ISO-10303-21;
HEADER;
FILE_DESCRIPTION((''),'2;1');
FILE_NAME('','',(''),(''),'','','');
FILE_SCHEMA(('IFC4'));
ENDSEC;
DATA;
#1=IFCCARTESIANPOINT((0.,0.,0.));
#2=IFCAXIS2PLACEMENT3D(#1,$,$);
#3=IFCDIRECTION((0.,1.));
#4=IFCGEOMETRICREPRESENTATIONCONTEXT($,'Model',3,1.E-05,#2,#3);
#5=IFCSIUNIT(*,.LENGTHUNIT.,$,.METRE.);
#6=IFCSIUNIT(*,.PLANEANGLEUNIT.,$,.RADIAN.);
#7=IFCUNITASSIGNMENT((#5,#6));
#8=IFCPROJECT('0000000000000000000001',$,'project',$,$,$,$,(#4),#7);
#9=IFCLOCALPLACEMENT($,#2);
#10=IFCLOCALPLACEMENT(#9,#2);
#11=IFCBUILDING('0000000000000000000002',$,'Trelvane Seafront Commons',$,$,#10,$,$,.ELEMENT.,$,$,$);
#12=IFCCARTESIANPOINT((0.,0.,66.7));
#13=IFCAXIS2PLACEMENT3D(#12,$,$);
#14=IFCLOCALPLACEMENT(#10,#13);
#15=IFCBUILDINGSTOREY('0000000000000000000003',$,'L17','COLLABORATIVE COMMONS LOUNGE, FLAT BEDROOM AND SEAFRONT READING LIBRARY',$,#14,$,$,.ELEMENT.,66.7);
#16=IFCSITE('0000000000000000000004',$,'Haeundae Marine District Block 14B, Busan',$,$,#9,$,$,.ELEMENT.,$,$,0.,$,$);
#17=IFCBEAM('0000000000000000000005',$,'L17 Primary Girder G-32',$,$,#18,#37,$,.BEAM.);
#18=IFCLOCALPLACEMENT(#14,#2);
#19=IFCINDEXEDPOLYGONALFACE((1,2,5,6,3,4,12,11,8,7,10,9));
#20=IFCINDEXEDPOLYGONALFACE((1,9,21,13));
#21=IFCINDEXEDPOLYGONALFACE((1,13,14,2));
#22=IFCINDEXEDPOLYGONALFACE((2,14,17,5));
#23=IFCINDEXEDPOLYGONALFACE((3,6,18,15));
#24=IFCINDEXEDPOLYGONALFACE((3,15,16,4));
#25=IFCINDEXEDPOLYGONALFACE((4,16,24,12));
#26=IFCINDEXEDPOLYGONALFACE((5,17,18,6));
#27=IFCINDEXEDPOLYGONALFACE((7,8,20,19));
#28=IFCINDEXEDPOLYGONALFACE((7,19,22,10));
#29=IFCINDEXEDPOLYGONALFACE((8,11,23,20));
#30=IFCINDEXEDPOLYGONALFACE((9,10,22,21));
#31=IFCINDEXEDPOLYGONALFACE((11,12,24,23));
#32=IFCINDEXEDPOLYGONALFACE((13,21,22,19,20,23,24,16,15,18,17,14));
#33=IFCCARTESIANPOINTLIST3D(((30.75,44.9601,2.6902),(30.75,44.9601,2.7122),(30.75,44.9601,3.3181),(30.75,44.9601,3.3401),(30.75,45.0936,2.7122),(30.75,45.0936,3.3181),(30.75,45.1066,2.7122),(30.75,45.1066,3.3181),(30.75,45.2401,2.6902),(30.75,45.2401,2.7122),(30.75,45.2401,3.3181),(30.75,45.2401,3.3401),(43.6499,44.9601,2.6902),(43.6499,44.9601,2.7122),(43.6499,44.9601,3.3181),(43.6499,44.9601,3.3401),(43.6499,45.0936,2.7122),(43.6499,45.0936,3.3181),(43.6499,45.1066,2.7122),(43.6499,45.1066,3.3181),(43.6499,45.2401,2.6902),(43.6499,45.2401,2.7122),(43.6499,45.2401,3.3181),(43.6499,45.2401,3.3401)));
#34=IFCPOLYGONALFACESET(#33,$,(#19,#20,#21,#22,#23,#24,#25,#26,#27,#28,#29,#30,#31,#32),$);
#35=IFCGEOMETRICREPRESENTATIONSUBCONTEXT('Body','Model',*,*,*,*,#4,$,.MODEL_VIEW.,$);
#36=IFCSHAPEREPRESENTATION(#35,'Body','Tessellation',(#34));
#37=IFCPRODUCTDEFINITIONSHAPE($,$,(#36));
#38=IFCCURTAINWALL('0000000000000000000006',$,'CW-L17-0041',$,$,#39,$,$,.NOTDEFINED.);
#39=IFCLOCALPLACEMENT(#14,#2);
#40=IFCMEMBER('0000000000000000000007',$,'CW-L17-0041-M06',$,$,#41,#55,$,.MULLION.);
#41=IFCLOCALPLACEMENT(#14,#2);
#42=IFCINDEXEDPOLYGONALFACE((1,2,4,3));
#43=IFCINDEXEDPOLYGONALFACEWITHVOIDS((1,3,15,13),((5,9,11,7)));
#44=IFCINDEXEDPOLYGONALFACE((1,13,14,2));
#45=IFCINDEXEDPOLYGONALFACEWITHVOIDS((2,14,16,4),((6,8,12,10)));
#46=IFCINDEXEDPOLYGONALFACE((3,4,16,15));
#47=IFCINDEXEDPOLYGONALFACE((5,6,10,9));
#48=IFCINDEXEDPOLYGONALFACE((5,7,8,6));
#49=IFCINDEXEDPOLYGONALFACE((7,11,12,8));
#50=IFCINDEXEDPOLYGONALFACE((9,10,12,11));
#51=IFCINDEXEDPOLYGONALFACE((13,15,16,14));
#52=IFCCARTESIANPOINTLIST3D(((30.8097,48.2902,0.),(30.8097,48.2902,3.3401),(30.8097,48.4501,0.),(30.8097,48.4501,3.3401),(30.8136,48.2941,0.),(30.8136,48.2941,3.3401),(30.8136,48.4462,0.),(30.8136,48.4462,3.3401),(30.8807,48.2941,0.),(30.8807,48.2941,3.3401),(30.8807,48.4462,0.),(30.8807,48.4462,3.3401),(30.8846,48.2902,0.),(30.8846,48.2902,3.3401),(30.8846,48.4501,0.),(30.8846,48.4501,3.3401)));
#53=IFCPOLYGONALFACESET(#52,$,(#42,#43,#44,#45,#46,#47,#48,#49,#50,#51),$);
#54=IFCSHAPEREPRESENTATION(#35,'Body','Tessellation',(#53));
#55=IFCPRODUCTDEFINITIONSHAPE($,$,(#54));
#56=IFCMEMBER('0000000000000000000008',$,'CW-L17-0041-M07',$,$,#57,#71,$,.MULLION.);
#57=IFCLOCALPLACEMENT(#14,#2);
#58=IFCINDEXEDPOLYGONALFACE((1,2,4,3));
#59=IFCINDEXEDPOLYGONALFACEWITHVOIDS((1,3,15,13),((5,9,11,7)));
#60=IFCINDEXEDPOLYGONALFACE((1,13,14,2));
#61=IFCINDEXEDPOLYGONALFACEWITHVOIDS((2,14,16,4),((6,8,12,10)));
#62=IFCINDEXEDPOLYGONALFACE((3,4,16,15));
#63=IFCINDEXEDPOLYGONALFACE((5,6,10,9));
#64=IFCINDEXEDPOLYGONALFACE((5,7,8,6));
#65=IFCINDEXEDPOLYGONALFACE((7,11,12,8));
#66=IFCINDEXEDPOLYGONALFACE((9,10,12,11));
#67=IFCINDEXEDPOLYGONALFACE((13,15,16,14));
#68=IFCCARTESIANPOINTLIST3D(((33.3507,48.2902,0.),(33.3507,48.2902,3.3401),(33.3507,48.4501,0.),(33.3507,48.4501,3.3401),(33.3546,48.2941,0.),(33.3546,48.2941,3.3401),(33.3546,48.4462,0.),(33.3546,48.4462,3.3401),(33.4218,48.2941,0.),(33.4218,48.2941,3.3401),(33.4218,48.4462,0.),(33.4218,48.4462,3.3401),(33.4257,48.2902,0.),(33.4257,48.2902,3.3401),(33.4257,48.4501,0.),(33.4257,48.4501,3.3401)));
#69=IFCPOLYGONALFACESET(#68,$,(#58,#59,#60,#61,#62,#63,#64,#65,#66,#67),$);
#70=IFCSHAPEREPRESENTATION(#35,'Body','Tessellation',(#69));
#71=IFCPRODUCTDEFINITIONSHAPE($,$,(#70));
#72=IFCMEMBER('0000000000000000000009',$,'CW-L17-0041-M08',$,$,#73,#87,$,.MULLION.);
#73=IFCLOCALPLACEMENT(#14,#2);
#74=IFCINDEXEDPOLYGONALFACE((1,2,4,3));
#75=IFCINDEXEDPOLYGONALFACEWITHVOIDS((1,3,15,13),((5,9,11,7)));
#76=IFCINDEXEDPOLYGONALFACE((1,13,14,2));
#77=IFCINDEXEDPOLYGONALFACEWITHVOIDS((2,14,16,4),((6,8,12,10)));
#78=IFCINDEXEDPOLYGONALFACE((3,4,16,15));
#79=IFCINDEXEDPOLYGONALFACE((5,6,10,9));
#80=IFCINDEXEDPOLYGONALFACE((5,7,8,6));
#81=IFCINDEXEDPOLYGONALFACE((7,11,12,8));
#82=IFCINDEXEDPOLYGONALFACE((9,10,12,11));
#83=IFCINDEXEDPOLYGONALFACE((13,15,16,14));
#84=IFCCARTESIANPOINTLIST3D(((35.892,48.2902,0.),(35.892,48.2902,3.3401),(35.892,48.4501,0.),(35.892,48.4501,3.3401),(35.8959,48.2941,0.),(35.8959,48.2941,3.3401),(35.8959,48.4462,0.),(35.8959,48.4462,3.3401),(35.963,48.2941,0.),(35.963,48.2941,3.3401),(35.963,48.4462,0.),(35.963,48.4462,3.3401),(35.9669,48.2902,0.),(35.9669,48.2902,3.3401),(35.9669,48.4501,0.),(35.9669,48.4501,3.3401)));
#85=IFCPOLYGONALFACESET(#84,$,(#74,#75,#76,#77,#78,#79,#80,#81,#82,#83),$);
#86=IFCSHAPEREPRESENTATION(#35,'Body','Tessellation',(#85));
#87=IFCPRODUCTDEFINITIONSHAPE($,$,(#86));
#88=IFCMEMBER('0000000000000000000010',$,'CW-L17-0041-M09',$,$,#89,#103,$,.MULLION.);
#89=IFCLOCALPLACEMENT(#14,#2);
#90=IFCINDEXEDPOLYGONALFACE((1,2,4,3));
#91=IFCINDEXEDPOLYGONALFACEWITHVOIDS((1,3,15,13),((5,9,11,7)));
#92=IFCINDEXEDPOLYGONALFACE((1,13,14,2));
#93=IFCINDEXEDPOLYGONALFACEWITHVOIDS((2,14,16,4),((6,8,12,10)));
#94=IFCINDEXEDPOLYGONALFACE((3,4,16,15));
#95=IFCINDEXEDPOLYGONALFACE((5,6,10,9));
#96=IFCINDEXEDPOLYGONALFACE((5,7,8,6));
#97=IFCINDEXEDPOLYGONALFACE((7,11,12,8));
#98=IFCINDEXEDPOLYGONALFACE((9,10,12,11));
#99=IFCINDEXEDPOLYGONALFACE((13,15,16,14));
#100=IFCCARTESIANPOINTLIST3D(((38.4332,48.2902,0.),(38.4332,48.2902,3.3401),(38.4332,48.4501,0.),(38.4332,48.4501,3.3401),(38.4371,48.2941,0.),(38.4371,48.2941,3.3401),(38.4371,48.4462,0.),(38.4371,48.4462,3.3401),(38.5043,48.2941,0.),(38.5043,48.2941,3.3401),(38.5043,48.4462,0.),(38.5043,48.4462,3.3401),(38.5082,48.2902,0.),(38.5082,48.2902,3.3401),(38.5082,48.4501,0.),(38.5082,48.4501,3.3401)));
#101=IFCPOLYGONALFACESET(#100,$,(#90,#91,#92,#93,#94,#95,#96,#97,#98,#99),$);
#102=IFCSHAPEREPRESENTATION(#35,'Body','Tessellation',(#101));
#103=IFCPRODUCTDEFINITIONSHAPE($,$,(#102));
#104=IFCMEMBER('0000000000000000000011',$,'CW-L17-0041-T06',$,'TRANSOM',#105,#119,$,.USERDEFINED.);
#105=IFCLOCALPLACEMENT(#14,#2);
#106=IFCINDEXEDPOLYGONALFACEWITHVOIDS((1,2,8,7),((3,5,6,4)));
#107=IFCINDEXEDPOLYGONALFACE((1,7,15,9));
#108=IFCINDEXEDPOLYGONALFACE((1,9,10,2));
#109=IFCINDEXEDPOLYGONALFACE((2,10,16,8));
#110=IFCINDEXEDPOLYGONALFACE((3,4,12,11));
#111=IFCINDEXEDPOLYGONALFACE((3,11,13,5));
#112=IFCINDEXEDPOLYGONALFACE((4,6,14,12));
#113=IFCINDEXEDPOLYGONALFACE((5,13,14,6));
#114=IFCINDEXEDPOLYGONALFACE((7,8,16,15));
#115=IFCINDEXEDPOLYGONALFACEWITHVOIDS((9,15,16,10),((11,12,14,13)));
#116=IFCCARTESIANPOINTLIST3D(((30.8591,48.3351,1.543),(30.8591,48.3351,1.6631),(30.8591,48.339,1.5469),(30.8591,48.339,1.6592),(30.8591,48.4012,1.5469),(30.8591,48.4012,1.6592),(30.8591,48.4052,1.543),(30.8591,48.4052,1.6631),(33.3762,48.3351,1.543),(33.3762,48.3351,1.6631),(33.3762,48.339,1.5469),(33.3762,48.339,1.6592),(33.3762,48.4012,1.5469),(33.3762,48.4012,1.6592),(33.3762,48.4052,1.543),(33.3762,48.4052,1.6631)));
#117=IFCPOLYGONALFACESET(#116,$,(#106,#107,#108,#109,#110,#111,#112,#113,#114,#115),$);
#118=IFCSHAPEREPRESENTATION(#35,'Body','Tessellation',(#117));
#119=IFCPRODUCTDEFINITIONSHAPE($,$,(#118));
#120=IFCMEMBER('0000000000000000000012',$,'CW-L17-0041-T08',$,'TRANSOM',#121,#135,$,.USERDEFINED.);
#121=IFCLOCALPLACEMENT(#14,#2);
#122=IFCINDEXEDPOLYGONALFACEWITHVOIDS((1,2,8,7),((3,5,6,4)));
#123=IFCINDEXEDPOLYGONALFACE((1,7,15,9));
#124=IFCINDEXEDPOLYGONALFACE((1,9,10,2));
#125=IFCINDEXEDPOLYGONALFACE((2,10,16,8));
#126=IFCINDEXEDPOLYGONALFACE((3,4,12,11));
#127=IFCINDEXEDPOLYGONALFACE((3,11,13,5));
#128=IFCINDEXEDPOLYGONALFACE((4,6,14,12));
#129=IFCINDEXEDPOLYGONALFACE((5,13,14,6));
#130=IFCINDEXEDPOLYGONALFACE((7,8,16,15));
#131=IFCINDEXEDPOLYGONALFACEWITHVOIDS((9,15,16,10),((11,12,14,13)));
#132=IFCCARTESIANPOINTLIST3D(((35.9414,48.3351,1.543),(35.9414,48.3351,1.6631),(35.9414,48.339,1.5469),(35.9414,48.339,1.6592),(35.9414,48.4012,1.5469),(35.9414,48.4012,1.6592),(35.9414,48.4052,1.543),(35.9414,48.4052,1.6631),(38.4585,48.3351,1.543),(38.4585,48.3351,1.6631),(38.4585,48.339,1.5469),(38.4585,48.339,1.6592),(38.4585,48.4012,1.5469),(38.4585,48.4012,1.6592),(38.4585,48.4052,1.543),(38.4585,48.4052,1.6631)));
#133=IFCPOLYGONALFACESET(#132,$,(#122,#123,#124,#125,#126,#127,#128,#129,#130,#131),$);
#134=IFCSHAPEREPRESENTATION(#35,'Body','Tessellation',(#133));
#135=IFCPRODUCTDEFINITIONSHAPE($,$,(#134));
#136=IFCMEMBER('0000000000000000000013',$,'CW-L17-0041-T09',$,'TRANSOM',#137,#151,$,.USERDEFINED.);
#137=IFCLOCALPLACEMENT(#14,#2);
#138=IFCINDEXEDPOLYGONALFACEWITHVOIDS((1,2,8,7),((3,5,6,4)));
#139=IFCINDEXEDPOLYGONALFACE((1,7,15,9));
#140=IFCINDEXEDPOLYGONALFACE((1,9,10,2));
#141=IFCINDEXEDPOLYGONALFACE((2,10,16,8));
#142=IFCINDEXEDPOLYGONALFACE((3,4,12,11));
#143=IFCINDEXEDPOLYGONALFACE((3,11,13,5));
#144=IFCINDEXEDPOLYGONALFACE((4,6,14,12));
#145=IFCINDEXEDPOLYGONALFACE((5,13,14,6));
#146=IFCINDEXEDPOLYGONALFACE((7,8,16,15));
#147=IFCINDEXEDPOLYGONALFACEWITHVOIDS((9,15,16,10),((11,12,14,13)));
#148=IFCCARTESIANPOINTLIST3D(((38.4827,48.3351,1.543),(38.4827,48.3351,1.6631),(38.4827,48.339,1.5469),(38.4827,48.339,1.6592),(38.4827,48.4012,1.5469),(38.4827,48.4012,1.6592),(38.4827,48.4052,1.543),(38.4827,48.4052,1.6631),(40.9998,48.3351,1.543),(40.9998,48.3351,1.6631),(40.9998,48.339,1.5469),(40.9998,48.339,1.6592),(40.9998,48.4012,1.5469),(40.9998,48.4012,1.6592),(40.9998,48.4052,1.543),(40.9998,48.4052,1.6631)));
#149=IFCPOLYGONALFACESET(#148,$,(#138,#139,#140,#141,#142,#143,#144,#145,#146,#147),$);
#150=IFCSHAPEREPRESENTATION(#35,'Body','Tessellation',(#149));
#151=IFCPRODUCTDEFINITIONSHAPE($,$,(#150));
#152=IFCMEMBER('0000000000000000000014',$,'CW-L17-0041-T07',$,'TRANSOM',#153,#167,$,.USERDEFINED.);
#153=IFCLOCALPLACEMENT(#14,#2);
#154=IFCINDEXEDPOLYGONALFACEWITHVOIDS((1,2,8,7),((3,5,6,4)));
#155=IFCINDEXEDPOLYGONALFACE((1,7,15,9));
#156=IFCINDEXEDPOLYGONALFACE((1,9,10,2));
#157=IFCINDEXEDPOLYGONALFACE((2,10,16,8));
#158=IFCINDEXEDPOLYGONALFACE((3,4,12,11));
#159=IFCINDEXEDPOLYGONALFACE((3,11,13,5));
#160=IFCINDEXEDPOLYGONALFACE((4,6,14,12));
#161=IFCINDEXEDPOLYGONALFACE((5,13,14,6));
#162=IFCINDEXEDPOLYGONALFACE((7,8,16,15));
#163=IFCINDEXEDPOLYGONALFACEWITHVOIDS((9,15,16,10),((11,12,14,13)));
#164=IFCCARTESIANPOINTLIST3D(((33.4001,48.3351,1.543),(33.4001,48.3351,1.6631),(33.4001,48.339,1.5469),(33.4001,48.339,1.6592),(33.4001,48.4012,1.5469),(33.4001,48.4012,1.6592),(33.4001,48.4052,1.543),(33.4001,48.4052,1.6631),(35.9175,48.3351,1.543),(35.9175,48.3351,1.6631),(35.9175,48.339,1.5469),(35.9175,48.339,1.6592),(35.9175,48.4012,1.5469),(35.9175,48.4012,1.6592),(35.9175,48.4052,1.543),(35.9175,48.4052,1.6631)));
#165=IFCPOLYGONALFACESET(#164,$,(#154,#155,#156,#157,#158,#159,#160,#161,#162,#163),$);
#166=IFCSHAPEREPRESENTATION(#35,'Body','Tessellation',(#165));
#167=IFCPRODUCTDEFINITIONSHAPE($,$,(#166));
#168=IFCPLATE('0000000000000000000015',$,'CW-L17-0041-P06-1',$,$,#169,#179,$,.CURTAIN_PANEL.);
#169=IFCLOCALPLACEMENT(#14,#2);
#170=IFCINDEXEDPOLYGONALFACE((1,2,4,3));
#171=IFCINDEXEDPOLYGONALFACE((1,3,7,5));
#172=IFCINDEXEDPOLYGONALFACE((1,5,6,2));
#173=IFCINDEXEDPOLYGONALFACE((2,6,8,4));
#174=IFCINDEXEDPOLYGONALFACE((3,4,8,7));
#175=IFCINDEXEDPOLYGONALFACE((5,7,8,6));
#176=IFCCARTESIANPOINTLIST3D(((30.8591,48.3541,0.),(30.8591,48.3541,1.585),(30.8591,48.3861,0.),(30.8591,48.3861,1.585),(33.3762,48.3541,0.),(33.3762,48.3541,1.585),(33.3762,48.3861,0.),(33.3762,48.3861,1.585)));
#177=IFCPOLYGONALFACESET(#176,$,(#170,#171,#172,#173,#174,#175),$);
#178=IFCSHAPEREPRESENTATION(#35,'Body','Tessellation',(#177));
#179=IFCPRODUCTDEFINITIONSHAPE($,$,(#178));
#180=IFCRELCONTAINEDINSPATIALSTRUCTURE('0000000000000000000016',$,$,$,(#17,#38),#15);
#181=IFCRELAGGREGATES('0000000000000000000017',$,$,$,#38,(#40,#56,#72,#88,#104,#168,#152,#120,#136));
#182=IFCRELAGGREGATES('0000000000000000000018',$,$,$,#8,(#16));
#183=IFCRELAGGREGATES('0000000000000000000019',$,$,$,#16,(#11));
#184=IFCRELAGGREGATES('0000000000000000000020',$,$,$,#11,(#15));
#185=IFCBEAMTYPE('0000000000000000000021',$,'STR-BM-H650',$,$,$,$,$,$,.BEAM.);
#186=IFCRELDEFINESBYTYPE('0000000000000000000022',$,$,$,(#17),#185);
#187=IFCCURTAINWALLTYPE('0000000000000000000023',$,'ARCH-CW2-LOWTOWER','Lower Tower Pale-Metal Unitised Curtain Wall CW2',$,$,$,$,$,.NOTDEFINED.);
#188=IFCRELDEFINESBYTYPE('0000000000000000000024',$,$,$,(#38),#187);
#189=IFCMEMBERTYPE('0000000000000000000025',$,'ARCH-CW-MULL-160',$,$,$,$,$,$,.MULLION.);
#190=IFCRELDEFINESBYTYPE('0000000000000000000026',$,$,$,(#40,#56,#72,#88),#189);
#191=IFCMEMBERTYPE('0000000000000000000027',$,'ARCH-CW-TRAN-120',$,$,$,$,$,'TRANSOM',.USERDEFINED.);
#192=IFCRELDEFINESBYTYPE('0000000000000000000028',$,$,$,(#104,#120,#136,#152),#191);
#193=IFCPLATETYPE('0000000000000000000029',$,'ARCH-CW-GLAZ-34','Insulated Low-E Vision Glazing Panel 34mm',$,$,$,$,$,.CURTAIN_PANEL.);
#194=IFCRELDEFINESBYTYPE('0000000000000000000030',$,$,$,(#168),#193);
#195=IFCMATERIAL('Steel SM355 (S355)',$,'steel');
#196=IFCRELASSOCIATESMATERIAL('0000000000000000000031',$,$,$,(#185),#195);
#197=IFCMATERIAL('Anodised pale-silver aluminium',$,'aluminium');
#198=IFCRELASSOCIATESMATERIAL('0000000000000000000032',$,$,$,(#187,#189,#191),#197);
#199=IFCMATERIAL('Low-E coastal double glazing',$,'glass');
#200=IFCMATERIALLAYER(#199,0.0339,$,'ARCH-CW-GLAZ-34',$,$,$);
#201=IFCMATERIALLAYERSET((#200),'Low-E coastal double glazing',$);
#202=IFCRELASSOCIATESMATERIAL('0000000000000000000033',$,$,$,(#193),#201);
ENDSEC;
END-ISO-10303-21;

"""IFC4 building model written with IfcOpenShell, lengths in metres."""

from ifc_helpers import new_model, si_unit, direction, frame, origin, origin_2d, place, context, subcontext, project, spatial, rectangle, hollow_rectangle, i_section, extrude, source, transform, mapped, material, layer, layer_set, material_profile, profile_set, type_object, element, aggregate, save


model = new_model("IFC4")

# Units and contexts
model_context = context("Model", 3, precision=1e-05, world=origin(), true_north=direction((0.0, 1.0)))
body_context = subcontext(model_context, "Body", "Model", "MODEL_VIEW")
ifc_project = project(units=[si_unit("LENGTHUNIT", "METRE"), si_unit("PLANEANGLEUNIT", "RADIAN")], contexts=[model_context])

# Site, building, storey
site_placement = place(None, origin())
site = spatial("IfcSite", under=ifc_project, at=site_placement, Name="Haeundae Marine District Block 14B, Busan", CompositionType="ELEMENT", RefElevation=0.0)
building_placement = place(site_placement, origin())
building = spatial("IfcBuilding", under=site, at=building_placement, Name="Trelvane Seafront Commons", CompositionType="ELEMENT")
storey_placement = place(building_placement, frame((0.0, 0.0, 66.7)))
storey = spatial("IfcBuildingStorey", under=building, at=storey_placement, Name="L17", Description="COLLABORATIVE COMMONS LOUNGE, FLAT BEDROOM AND SEAFRONT READING LIBRARY", CompositionType="ELEMENT", Elevation=66.7)

# Beam
ifc_material_1 = material(Name="Steel SM355 (S355)", Category="steel")
ifc_material_profile_1 = material_profile(ifc_material_1, i_section(OverallWidth=0.28, OverallDepth=0.6499, WebThickness=0.0129, FlangeThickness=0.022, at=origin_2d()), Name="H-650x280x13x22")
ifc_profile_set_1 = profile_set([ifc_material_profile_1], Name="Steel SM355 (S355)")
beam_type = type_object("IfcBeamType", Name="STR-BM-H650", PredefinedType="BEAM", material=ifc_profile_set_1)
shared_shape_1 = source(origin(), body_context, "Body", "SweptSolid", [
    extrude(i_section(OverallWidth=0.28, OverallDepth=0.6499, WebThickness=0.0129, FlangeThickness=0.022, at=origin_2d()), origin(), (0.0, 0.0, 1.0), 12.8999),
])
beam_placement = place(storey_placement, frame((30.75, 45.1001, 3.0151), z_axis=(1.0, 0.0, 0.0), x_axis=(0.0, 1.0, 0.0)))
element("IfcBeam", 1, at=beam_placement, inside=storey, type_object=beam_type, Name="L17 Primary Girder G-32", PredefinedType="BEAM", context=body_context, shape_type="MappedRepresentation", body=[
    mapped(shared_shape_1, transform((0.0, 0.0, 0.0), x_axis=(1.0, 0.0, 0.0), y_axis=(0.0, 1.0, 0.0), z_axis=(0.0, 0.0, 1.0), scale=1.0)),
])

# Curtain wall, members, plate
ifc_material_2 = material(Name="Anodised pale-silver aluminium", Category="aluminium")
curtain_wall_type = type_object("IfcCurtainWallType", Name="ARCH-CW2-LOWTOWER", Description="Lower Tower Pale-Metal Unitised Curtain Wall CW2", PredefinedType="NOTDEFINED", material=ifc_material_2)
curtain_wall_placement = place(storey_placement, origin())
curtain_wall = element("IfcCurtainWall", 2, at=curtain_wall_placement, inside=storey, type_object=curtain_wall_type, Name="CW-L17-0041", PredefinedType="NOTDEFINED")
ifc_material_profile_2 = material_profile(ifc_material_2, hollow_rectangle(XDim=0.075, YDim=0.1599, WallThickness=0.0039, at=origin_2d()), Name="MULL-75x160x4")
ifc_profile_set_2 = profile_set([ifc_material_profile_2], Name="Anodised pale-silver aluminium")
member_type_1 = type_object("IfcMemberType", Name="ARCH-CW-MULL-160", PredefinedType="MULLION", material=ifc_profile_set_2)
shared_shape_2 = source(origin(), body_context, "Body", "SweptSolid", [
    extrude(hollow_rectangle(XDim=0.075, YDim=0.1599, WallThickness=0.0039, at=origin_2d()), origin(), (0.0, 0.0, 1.0), 3.3401),
])
member_1_placement = place(storey_placement, frame((30.8472, 48.3701, 0.0), z_axis=(0.0, 0.0, 1.0), x_axis=(1.0, 0.0, 0.0)))
member_1 = element("IfcMember", 3, at=member_1_placement, type_object=member_type_1, Name="CW-L17-0041-M06", PredefinedType="MULLION", context=body_context, shape_type="MappedRepresentation", body=[
    mapped(shared_shape_2, transform((0.0, 0.0, 0.0), x_axis=(1.0, 0.0, 0.0), y_axis=(0.0, 1.0, 0.0), z_axis=(0.0, 0.0, 1.0), scale=1.0)),
])
member_2_placement = place(storey_placement, frame((33.3882, 48.3701, 0.0), z_axis=(0.0, 0.0, 1.0), x_axis=(1.0, 0.0, 0.0)))
member_2 = element("IfcMember", 4, at=member_2_placement, type_object=member_type_1, Name="CW-L17-0041-M07", PredefinedType="MULLION", context=body_context, shape_type="MappedRepresentation", body=[
    mapped(shared_shape_2, transform((0.0, 0.0, 0.0), x_axis=(1.0, 0.0, 0.0), y_axis=(0.0, 1.0, 0.0), z_axis=(0.0, 0.0, 1.0), scale=1.0)),
])
member_3_placement = place(storey_placement, frame((35.9294, 48.3701, 0.0), z_axis=(0.0, 0.0, 1.0), x_axis=(1.0, 0.0, 0.0)))
member_3 = element("IfcMember", 5, at=member_3_placement, type_object=member_type_1, Name="CW-L17-0041-M08", PredefinedType="MULLION", context=body_context, shape_type="MappedRepresentation", body=[
    mapped(shared_shape_2, transform((0.0, 0.0, 0.0), x_axis=(1.0, 0.0, 0.0), y_axis=(0.0, 1.0, 0.0), z_axis=(0.0, 0.0, 1.0), scale=1.0)),
])
member_4_placement = place(storey_placement, frame((38.4707, 48.3701, 0.0), z_axis=(0.0, 0.0, 1.0), x_axis=(1.0, 0.0, 0.0)))
member_4 = element("IfcMember", 6, at=member_4_placement, type_object=member_type_1, Name="CW-L17-0041-M09", PredefinedType="MULLION", context=body_context, shape_type="MappedRepresentation", body=[
    mapped(shared_shape_2, transform((0.0, 0.0, 0.0), x_axis=(1.0, 0.0, 0.0), y_axis=(0.0, 1.0, 0.0), z_axis=(0.0, 0.0, 1.0), scale=1.0)),
])
ifc_material_profile_3 = material_profile(ifc_material_2, hollow_rectangle(XDim=0.0701, YDim=0.1201, WallThickness=0.0039, at=origin_2d()), Name="TRAN-70x120x4")
ifc_profile_set_3 = profile_set([ifc_material_profile_3], Name="Anodised pale-silver aluminium")
member_type_2 = type_object("IfcMemberType", Name="ARCH-CW-TRAN-120", ElementType="TRANSOM", PredefinedType="USERDEFINED", material=ifc_profile_set_3)
shared_shape_3 = source(origin(), body_context, "Body", "SweptSolid", [
    extrude(hollow_rectangle(XDim=0.0701, YDim=0.1201, WallThickness=0.0039, at=origin_2d()), origin(), (0.0, 0.0, 1.0), 2.5171),
])
member_5_placement = place(storey_placement, frame((30.8591, 48.3701, 1.603), z_axis=(1.0, 0.0, 0.0), x_axis=(0.0, 1.0, 0.0)))
member_5 = element("IfcMember", 7, at=member_5_placement, type_object=member_type_2, Name="CW-L17-0041-T06", ObjectType="TRANSOM", PredefinedType="USERDEFINED", context=body_context, shape_type="MappedRepresentation", body=[
    mapped(shared_shape_3, transform((0.0, 0.0, 0.0), x_axis=(1.0, 0.0, 0.0), y_axis=(0.0, 1.0, 0.0), z_axis=(0.0, 0.0, 1.0), scale=1.0)),
])
member_6_placement = place(storey_placement, frame((35.9414, 48.3701, 1.603), z_axis=(1.0, 0.0, 0.0), x_axis=(0.0, 1.0, 0.0)))
member_6 = element("IfcMember", 8, at=member_6_placement, type_object=member_type_2, Name="CW-L17-0041-T08", ObjectType="TRANSOM", PredefinedType="USERDEFINED", context=body_context, shape_type="MappedRepresentation", body=[
    mapped(shared_shape_3, transform((0.0, 0.0, 0.0), x_axis=(1.0, 0.0, 0.0), y_axis=(0.0, 1.0, 0.0), z_axis=(0.0, 0.0, 1.0), scale=1.0)),
])
member_7_placement = place(storey_placement, frame((38.4827, 48.3701, 1.603), z_axis=(1.0, 0.0, 0.0), x_axis=(0.0, 1.0, 0.0)))
member_7 = element("IfcMember", 9, at=member_7_placement, type_object=member_type_2, Name="CW-L17-0041-T09", ObjectType="TRANSOM", PredefinedType="USERDEFINED", context=body_context, shape_type="MappedRepresentation", body=[
    mapped(shared_shape_3, transform((0.0, 0.0, 0.0), x_axis=(1.0, 0.0, 0.0), y_axis=(0.0, 1.0, 0.0), z_axis=(0.0, 0.0, 1.0), scale=1.0)),
])
shared_shape_4 = source(origin(), body_context, "Body", "SweptSolid", [
    extrude(hollow_rectangle(XDim=0.0701, YDim=0.1201, WallThickness=0.0039, at=origin_2d()), origin(), (0.0, 0.0, 1.0), 2.5173),
])
member_8_placement = place(storey_placement, frame((33.4001, 48.3701, 1.603), z_axis=(1.0, 0.0, 0.0), x_axis=(0.0, 1.0, 0.0)))
member_8 = element("IfcMember", 10, at=member_8_placement, type_object=member_type_2, Name="CW-L17-0041-T07", ObjectType="TRANSOM", PredefinedType="USERDEFINED", context=body_context, shape_type="MappedRepresentation", body=[
    mapped(shared_shape_4, transform((0.0, 0.0, 0.0), x_axis=(1.0, 0.0, 0.0), y_axis=(0.0, 1.0, 0.0), z_axis=(0.0, 0.0, 1.0), scale=1.0)),
])
ifc_material_3 = material(Name="Low-E coastal double glazing", Category="glass")
ifc_layer_1 = layer(ifc_material_3, 0.0339, Name="ARCH-CW-GLAZ-34")
ifc_layer_set_1 = layer_set([ifc_layer_1], Name="Low-E coastal double glazing")
plate_type_1 = type_object("IfcPlateType", Name="ARCH-CW-GLAZ-34", Description="Insulated Low-E Vision Glazing Panel 34mm", PredefinedType="CURTAIN_PANEL", material=ifc_layer_set_1)
shared_shape_5 = source(origin(), body_context, "Body", "SweptSolid", [
    extrude(rectangle(XDim=2.5171, YDim=0.032, at=origin_2d()), origin(), (0.0, 0.0, 1.0), 1.585),
])
plate_1_placement = place(storey_placement, frame((32.1177, 48.3701, 0.0), z_axis=(0.0, 0.0, 1.0), x_axis=(1.0, 0.0, 0.0)))
plate_1 = element("IfcPlate", 11, at=plate_1_placement, type_object=plate_type_1, Name="CW-L17-0041-P06-1", PredefinedType="CURTAIN_PANEL", context=body_context, shape_type="MappedRepresentation", body=[
    mapped(shared_shape_5, transform((0.0, 0.0, 0.0), x_axis=(1.0, 0.0, 0.0), y_axis=(0.0, 1.0, 0.0), z_axis=(0.0, 0.0, 1.0), scale=1.0)),
])
aggregate(curtain_wall, [member_1, member_2, member_3, member_4, member_5, plate_1, member_8, member_6, member_7])

save(model, "model.ifc")
